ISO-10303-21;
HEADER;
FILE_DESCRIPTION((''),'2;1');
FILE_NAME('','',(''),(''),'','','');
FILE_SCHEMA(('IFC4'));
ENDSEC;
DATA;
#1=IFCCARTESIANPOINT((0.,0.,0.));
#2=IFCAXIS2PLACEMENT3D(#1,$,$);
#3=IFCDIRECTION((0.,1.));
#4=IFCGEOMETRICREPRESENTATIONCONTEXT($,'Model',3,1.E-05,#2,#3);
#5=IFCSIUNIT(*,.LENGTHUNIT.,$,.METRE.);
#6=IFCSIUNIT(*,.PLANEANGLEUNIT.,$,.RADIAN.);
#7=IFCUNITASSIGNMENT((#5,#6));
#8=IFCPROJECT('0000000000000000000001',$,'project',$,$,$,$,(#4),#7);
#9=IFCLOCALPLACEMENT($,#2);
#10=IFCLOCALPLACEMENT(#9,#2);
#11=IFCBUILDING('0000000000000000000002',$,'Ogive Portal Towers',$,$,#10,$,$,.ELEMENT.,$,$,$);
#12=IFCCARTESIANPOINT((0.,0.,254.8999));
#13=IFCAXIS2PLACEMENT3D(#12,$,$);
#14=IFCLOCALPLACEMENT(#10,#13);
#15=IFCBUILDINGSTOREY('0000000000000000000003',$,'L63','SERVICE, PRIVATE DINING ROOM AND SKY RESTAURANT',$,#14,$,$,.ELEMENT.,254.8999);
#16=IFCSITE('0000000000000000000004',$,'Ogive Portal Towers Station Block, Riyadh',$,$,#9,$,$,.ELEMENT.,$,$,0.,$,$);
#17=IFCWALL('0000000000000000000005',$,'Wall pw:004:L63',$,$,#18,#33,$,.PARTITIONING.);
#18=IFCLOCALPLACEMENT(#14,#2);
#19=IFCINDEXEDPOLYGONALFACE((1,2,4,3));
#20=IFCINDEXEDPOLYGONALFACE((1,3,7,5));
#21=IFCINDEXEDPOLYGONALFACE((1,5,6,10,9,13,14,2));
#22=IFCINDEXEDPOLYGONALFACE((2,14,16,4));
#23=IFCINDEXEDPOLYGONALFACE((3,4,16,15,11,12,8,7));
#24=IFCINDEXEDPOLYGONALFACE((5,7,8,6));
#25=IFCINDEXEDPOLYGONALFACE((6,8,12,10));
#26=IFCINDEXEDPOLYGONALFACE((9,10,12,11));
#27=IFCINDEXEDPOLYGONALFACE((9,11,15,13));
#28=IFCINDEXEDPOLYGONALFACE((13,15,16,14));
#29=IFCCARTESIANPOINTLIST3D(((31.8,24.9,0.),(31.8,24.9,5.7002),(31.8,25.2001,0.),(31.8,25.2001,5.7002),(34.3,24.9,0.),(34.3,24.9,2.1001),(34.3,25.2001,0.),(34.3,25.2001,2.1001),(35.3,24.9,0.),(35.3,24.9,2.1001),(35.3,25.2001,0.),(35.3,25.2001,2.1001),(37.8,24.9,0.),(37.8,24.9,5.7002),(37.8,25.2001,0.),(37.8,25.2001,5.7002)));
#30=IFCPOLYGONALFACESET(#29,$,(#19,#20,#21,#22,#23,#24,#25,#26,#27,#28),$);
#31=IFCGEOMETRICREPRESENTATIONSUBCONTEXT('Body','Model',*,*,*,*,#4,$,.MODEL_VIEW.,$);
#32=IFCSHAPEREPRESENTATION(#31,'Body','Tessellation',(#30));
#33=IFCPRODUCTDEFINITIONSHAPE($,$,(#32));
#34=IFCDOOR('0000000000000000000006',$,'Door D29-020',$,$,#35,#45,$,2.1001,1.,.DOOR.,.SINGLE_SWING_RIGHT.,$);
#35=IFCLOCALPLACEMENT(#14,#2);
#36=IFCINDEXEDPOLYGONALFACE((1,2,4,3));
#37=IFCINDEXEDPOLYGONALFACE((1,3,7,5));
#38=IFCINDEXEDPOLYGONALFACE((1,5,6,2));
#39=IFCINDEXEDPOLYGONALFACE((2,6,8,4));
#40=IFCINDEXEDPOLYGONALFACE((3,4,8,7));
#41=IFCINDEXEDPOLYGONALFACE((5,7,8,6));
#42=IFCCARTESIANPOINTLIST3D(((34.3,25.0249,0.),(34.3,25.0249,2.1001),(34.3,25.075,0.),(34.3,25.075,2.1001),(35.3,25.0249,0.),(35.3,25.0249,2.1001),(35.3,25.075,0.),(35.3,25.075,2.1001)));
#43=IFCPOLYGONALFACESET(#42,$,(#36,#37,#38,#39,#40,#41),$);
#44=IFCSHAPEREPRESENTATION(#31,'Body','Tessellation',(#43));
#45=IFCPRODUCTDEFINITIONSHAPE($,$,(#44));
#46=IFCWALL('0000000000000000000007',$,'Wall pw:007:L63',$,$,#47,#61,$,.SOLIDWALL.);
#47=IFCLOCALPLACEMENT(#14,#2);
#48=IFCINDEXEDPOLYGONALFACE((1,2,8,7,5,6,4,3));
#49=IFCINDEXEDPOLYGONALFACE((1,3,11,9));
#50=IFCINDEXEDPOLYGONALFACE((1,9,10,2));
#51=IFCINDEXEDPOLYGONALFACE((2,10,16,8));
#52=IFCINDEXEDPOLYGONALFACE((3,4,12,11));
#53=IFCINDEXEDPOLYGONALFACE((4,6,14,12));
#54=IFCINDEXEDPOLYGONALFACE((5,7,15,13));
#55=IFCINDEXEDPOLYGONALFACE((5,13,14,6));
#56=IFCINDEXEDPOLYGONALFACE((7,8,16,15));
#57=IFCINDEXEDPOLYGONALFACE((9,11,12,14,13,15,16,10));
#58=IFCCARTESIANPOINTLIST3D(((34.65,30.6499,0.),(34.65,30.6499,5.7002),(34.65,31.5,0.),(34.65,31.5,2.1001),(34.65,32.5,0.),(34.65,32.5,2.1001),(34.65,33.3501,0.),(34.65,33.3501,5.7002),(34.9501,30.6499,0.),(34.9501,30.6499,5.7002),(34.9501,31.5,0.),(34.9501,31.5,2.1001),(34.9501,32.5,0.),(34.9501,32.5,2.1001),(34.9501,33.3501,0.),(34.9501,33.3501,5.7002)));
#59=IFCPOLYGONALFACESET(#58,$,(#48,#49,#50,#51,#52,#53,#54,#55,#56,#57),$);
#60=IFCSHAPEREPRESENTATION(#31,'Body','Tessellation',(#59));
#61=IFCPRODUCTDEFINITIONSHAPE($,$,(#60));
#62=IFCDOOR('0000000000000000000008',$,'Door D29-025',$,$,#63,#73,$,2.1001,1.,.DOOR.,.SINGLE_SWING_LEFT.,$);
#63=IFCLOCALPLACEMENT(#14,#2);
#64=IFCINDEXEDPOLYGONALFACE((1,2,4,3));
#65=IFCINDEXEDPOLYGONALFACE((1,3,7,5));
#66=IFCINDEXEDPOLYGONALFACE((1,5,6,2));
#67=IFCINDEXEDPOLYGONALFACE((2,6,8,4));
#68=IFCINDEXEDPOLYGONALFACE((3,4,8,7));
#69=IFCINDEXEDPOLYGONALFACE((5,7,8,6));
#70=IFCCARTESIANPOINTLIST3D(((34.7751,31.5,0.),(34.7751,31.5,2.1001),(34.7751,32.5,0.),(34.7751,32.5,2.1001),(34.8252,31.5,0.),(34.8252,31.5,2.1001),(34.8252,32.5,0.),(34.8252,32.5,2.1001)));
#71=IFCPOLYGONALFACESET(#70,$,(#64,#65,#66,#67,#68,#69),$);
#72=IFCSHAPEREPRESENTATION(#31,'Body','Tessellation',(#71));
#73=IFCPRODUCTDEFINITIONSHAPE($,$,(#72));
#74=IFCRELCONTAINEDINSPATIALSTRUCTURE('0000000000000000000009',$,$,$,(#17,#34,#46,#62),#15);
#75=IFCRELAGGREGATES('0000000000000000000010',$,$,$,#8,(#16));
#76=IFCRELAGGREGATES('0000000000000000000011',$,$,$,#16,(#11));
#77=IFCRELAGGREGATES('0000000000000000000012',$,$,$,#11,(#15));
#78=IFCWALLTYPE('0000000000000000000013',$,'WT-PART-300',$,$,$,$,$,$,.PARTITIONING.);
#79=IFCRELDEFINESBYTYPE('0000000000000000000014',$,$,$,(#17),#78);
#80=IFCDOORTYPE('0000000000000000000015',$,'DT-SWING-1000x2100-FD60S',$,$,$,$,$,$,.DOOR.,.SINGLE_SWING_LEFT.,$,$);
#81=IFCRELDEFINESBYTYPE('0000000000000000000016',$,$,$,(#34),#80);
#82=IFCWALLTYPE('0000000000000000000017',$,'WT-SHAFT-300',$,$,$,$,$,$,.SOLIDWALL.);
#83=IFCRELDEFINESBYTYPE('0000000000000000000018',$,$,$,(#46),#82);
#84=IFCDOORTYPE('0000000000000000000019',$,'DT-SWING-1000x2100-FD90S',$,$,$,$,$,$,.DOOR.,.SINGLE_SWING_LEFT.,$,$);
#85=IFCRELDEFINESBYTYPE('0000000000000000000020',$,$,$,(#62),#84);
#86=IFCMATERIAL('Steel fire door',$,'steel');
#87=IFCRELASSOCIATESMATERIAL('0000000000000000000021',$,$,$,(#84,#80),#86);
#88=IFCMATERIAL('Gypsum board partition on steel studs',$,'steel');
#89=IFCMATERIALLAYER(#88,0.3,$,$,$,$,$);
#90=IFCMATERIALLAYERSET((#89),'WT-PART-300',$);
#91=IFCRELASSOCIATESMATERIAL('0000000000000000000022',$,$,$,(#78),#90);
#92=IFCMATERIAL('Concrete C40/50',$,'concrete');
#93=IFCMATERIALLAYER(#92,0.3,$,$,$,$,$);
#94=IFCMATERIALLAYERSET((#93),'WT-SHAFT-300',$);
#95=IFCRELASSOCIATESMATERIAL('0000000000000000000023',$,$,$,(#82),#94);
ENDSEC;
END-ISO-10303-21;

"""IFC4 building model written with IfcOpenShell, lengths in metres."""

from ifc_helpers import new_model, si_unit, direction, frame, frame_2d, origin, place, context, subcontext, project, spatial, rectangle, extrude, material, layer, layer_set, type_object, element, fill, save


model = new_model("IFC4")

# Units and contexts
model_context = context("Model", 3, precision=1e-05, world=origin(), true_north=direction((0.0, 1.0)))
body_context = subcontext(model_context, "Body", "Model", "MODEL_VIEW")
ifc_project = project(units=[si_unit("LENGTHUNIT", "METRE"), si_unit("PLANEANGLEUNIT", "RADIAN")], contexts=[model_context])

# Site, building, storey
site_placement = place(None, origin())
site = spatial("IfcSite", under=ifc_project, at=site_placement, Name="Ogive Portal Towers Station Block, Riyadh", CompositionType="ELEMENT", RefElevation=0.0)
building_placement = place(site_placement, origin())
building = spatial("IfcBuilding", under=site, at=building_placement, Name="Ogive Portal Towers", CompositionType="ELEMENT")
storey_placement = place(building_placement, frame((0.0, 0.0, 254.8999)))
storey = spatial("IfcBuildingStorey", under=building, at=storey_placement, Name="L63", Description="SERVICE, PRIVATE DINING ROOM AND SKY RESTAURANT", CompositionType="ELEMENT", Elevation=254.8999)

# Shared definitions
ifc_material_1 = material(Name="Steel fire door", Category="steel")
door_type_1 = type_object("IfcDoorType", Name="DT-SWING-1000x2100-FD90S", OperationType="SINGLE_SWING_LEFT", PredefinedType="DOOR", material=ifc_material_1)

# Walls, openings, doors
ifc_material_2 = material(Name="Gypsum board partition on steel studs", Category="steel")
ifc_layer_1 = layer(ifc_material_2, 0.3)
ifc_layer_set_1 = layer_set([ifc_layer_1], Name="WT-PART-300")
wall_type_1 = type_object("IfcWallType", Name="WT-PART-300", PredefinedType="PARTITIONING", material=ifc_layer_set_1)
wall_1_placement = place(storey_placement, frame((31.8, 25.05, 0.0), z_axis=(0.0, 0.0, 1.0), x_axis=(1.0, 0.0, 0.0)))
wall_1 = element("IfcWall", 1, at=wall_1_placement, inside=storey, type_object=wall_type_1, Name="Wall pw:004:L63", PredefinedType="PARTITIONING", context=body_context, shape_type="SweptSolid", body=[
    extrude(rectangle(XDim=6.0, YDim=0.3, at=frame_2d((3.0, 0.0))), origin(), (0.0, 0.0, 1.0), 5.7002),
])
opening_1_placement = place(wall_1_placement, frame((2.5, 0.0, 0.0)))
opening_1 = element("IfcOpeningElement", 2, at=opening_1_placement, cuts=wall_1, PredefinedType="OPENING", context=body_context, shape_type="SweptSolid", body=[
    extrude(rectangle(XDim=1.0, YDim=2.1001, at=frame_2d((0.5, 1.05))), frame((0.0, 0.1602, 0.0), z_axis=(0.0, -1.0, 0.0), x_axis=(1.0, 0.0, 0.0)), (0.0, 0.0, 1.0), 0.3201),
])
door_type_2 = type_object("IfcDoorType", Name="DT-SWING-1000x2100-FD60S", OperationType="SINGLE_SWING_LEFT", PredefinedType="DOOR", material=ifc_material_1)
door_1_placement = place(opening_1_placement, origin())
door_1 = element("IfcDoor", 3, at=door_1_placement, inside=storey, type_object=door_type_2, Name="Door D29-020", OperationType="SINGLE_SWING_RIGHT", OverallHeight=2.1001, OverallWidth=1.0, PredefinedType="DOOR", context=body_context, shape_type="SweptSolid", body=[
    extrude(rectangle(XDim=1.0, YDim=2.1001, at=frame_2d((0.5, 1.05))), frame((0.0, 0.0249, 0.0), z_axis=(0.0, -1.0, 0.0), x_axis=(1.0, 0.0, 0.0)), (0.0, 0.0, 1.0), 0.05),
])
fill(opening_1, door_1)
ifc_material_3 = material(Name="Concrete C40/50", Category="concrete")
ifc_layer_2 = layer(ifc_material_3, 0.3)
ifc_layer_set_2 = layer_set([ifc_layer_2], Name="WT-SHAFT-300")
wall_type_2 = type_object("IfcWallType", Name="WT-SHAFT-300", PredefinedType="SOLIDWALL", material=ifc_layer_set_2)
wall_2_placement = place(storey_placement, frame((34.8, 30.6499, 0.0), z_axis=(0.0, 0.0, 1.0), x_axis=(0.0, 1.0, 0.0)))
wall_2 = element("IfcWall", 4, at=wall_2_placement, inside=storey, type_object=wall_type_2, Name="Wall pw:007:L63", PredefinedType="SOLIDWALL", context=body_context, shape_type="SweptSolid", body=[
    extrude(rectangle(XDim=2.7002, YDim=0.3, at=frame_2d((1.3501, 0.0))), origin(), (0.0, 0.0, 1.0), 5.7002),
])
opening_2_placement = place(wall_2_placement, frame((0.8501, 0.0, 0.0)))
opening_2 = element("IfcOpeningElement", 5, at=opening_2_placement, cuts=wall_2, PredefinedType="OPENING", context=body_context, shape_type="SweptSolid", body=[
    extrude(rectangle(XDim=1.0, YDim=2.1001, at=frame_2d((0.5, 1.05))), frame((0.0, 0.1602, 0.0), z_axis=(0.0, -1.0, 0.0), x_axis=(1.0, 0.0, 0.0)), (0.0, 0.0, 1.0), 0.3201),
])
door_2_placement = place(opening_2_placement, origin())
door_2 = element("IfcDoor", 6, at=door_2_placement, inside=storey, type_object=door_type_1, Name="Door D29-025", OperationType="SINGLE_SWING_LEFT", OverallHeight=2.1001, OverallWidth=1.0, PredefinedType="DOOR", context=body_context, shape_type="SweptSolid", body=[
    extrude(rectangle(XDim=1.0, YDim=2.1001, at=frame_2d((0.5, 1.05))), frame((0.0, 0.0249, 0.0), z_axis=(0.0, -1.0, 0.0), x_axis=(1.0, 0.0, 0.0)), (0.0, 0.0, 1.0), 0.05),
])
fill(opening_2, door_2)

save(model, "model.ifc")
